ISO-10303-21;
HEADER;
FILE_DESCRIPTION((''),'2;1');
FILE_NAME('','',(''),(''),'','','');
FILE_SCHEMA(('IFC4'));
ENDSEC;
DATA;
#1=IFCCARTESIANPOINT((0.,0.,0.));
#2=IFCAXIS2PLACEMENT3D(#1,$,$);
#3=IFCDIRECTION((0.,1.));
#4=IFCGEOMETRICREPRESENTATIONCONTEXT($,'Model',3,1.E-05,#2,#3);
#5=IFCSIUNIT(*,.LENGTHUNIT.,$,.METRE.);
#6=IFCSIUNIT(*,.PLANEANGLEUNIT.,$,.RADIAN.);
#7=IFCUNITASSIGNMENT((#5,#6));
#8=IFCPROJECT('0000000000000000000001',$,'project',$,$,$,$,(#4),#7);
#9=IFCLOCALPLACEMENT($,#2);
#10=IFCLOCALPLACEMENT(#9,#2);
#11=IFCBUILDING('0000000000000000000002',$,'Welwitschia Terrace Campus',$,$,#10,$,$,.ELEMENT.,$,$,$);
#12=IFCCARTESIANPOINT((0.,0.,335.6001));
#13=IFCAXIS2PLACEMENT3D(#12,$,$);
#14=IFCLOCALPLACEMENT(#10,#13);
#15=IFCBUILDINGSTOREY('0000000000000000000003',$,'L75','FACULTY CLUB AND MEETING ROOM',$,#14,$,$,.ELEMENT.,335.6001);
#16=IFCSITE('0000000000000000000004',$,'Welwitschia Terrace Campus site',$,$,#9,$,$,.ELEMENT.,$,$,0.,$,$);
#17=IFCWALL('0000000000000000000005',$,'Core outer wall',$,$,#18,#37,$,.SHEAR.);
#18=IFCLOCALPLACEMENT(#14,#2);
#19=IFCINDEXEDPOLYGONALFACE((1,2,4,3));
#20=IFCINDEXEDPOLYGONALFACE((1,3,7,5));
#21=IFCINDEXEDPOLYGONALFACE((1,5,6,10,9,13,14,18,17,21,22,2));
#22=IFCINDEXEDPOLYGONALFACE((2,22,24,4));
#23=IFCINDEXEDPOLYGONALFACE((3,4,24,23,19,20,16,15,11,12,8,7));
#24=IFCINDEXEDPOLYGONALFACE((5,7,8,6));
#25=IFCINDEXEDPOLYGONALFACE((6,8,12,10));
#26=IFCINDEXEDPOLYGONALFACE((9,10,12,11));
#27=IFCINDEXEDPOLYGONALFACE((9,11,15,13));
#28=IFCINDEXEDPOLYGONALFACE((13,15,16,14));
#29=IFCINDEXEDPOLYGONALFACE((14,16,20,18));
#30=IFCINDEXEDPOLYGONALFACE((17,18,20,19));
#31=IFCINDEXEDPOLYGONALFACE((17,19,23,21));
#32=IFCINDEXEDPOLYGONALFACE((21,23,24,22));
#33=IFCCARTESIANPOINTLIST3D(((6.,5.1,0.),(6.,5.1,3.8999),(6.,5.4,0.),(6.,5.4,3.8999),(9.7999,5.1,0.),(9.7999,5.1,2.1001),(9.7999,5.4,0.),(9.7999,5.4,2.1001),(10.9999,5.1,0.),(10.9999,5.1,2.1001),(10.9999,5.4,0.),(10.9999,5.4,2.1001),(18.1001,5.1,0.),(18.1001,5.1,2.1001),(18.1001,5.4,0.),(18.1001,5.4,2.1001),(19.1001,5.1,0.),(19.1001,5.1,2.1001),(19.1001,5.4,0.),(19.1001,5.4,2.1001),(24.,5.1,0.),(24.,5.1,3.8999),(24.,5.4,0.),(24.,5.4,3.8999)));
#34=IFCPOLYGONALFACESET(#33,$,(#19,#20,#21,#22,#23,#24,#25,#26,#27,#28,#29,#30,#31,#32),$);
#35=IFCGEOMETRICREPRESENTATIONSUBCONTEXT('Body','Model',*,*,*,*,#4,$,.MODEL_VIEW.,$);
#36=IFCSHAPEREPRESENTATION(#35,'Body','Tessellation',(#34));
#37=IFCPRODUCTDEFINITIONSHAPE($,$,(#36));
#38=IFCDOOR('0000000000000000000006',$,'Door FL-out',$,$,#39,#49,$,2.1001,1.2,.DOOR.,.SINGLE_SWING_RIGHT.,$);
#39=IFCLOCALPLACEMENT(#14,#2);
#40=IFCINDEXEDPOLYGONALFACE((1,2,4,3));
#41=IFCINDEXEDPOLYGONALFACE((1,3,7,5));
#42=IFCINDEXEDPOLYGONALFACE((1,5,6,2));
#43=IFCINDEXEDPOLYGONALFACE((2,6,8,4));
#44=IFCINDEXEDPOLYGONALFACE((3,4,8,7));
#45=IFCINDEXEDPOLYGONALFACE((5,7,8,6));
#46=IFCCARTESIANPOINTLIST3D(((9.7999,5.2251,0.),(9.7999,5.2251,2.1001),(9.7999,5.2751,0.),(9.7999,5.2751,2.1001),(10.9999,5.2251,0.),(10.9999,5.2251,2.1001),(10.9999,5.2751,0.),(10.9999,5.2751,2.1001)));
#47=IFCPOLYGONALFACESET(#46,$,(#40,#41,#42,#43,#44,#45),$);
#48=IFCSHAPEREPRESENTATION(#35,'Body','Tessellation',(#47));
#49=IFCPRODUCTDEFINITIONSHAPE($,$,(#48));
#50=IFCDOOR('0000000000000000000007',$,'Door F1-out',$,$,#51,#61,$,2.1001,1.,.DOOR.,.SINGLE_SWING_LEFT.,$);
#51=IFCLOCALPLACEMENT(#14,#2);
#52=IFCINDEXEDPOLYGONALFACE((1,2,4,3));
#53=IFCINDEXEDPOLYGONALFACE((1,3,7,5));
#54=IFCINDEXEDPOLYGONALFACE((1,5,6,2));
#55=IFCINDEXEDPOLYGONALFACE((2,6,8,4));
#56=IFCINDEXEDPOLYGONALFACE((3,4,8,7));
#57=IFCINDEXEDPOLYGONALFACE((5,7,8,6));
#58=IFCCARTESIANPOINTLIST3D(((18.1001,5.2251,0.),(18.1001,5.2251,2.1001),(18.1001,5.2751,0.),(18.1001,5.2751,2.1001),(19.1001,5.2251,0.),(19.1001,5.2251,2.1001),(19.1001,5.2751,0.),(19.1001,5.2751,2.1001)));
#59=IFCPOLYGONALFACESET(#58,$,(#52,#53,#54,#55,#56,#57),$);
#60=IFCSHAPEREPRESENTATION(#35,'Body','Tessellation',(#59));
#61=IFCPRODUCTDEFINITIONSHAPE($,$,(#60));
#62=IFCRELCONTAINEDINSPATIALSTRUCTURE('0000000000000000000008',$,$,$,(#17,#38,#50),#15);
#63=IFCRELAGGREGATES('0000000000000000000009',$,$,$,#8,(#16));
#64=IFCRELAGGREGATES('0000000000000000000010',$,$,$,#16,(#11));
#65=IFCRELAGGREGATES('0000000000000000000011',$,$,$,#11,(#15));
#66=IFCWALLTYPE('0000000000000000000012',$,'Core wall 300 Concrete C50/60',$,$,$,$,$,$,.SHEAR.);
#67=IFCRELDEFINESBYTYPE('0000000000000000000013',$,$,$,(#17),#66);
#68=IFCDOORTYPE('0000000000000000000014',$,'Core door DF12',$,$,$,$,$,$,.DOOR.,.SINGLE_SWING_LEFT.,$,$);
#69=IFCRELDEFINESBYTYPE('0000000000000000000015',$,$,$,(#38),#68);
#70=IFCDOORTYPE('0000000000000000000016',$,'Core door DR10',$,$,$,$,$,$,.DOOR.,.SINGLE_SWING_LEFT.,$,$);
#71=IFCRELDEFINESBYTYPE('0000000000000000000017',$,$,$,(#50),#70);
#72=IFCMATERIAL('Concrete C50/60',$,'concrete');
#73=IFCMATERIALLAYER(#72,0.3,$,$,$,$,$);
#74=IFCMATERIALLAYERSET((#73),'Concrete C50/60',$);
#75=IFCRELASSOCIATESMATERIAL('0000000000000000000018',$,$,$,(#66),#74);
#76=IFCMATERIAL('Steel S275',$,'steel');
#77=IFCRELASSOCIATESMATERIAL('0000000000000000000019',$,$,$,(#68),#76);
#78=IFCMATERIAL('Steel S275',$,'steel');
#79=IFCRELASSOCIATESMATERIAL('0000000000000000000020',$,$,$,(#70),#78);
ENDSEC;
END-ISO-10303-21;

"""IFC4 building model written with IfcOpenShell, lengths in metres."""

from ifc_helpers import new_model, si_unit, direction, frame, frame_2d, origin, place, context, subcontext, project, spatial, rectangle, extrude, material, layer, layer_set, type_object, element, fill, save


model = new_model("IFC4")

# Units and contexts
model_context = context("Model", 3, precision=1e-05, world=origin(), true_north=direction((0.0, 1.0)))
body_context = subcontext(model_context, "Body", "Model", "MODEL_VIEW")
ifc_project = project(units=[si_unit("LENGTHUNIT", "METRE"), si_unit("PLANEANGLEUNIT", "RADIAN")], contexts=[model_context])

# Site, building, storey
site_placement = place(None, origin())
site = spatial("IfcSite", under=ifc_project, at=site_placement, Name="Welwitschia Terrace Campus site", CompositionType="ELEMENT", RefElevation=0.0)
building_placement = place(site_placement, origin())
building = spatial("IfcBuilding", under=site, at=building_placement, Name="Welwitschia Terrace Campus", CompositionType="ELEMENT")
storey_placement = place(building_placement, frame((0.0, 0.0, 335.6001)))
storey = spatial("IfcBuildingStorey", under=building, at=storey_placement, Name="L75", Description="FACULTY CLUB AND MEETING ROOM", CompositionType="ELEMENT", Elevation=335.6001)

# Wall, openings, doors
ifc_material_1 = material(Name="Concrete C50/60", Category="concrete")
ifc_layer_1 = layer(ifc_material_1, 0.3)
ifc_layer_set_1 = layer_set([ifc_layer_1], Name="Concrete C50/60")
wall_type_1 = type_object("IfcWallType", Name="Core wall 300 Concrete C50/60", PredefinedType="SHEAR", material=ifc_layer_set_1)
wall_1_placement = place(storey_placement, frame((24.0, 5.25, 0.0), z_axis=(0.0, 0.0, 1.0), x_axis=(-1.0, 0.0, 0.0)))
wall_1 = element("IfcWall", 1, at=wall_1_placement, inside=storey, type_object=wall_type_1, Name="Core outer wall", PredefinedType="SHEAR", context=body_context, shape_type="SweptSolid", body=[
    extrude(rectangle(XDim=18.0, YDim=0.3, at=frame_2d((9.0, 0.0))), origin(), (0.0, 0.0, 1.0), 3.8999),
])
opening_1_placement = place(wall_1_placement, frame((13.0, 0.0, 0.0)))
opening_1 = element("IfcOpeningElement", 2, at=opening_1_placement, cuts=wall_1, PredefinedType="OPENING", context=body_context, shape_type="SweptSolid", body=[
    extrude(rectangle(XDim=1.2, YDim=2.1001, at=frame_2d((0.6001, 1.05))), frame((0.0, 0.1599, 0.0), z_axis=(0.0, -1.0, 0.0), x_axis=(1.0, 0.0, 0.0)), (0.0, 0.0, 1.0), 0.3201),
])
opening_2_placement = place(wall_1_placement, frame((4.8999, 0.0, 0.0)))
opening_2 = element("IfcOpeningElement", 3, at=opening_2_placement, cuts=wall_1, PredefinedType="OPENING", context=body_context, shape_type="SweptSolid", body=[
    extrude(rectangle(XDim=1.0, YDim=2.1001, at=frame_2d((0.5, 1.05))), frame((0.0, 0.1599, 0.0), z_axis=(0.0, -1.0, 0.0), x_axis=(1.0, 0.0, 0.0)), (0.0, 0.0, 1.0), 0.3201),
])
ifc_material_2 = material(Name="Steel S275", Category="steel")
door_type_1 = type_object("IfcDoorType", Name="Core door DF12", OperationType="SINGLE_SWING_LEFT", PredefinedType="DOOR", material=ifc_material_2)
door_1_placement = place(opening_1_placement, origin())
door_1 = element("IfcDoor", 4, at=door_1_placement, inside=storey, type_object=door_type_1, Name="Door FL-out", OperationType="SINGLE_SWING_RIGHT", OverallHeight=2.1001, OverallWidth=1.2, PredefinedType="DOOR", context=body_context, shape_type="SweptSolid", body=[
    extrude(rectangle(XDim=1.2, YDim=2.1001, at=frame_2d((0.6001, 1.05))), frame((0.0, 0.0249, 0.0), z_axis=(0.0, -1.0, 0.0), x_axis=(1.0, 0.0, 0.0)), (0.0, 0.0, 1.0), 0.05),
])
fill(opening_1, door_1)
ifc_material_3 = material(Name="Steel S275", Category="steel")
door_type_2 = type_object("IfcDoorType", Name="Core door DR10", OperationType="SINGLE_SWING_LEFT", PredefinedType="DOOR", material=ifc_material_3)
door_2_placement = place(opening_2_placement, origin())
door_2 = element("IfcDoor", 5, at=door_2_placement, inside=storey, type_object=door_type_2, Name="Door F1-out", OperationType="SINGLE_SWING_LEFT", OverallHeight=2.1001, OverallWidth=1.0, PredefinedType="DOOR", context=body_context, shape_type="SweptSolid", body=[
    extrude(rectangle(XDim=1.0, YDim=2.1001, at=frame_2d((0.5, 1.05))), frame((0.0, 0.0249, 0.0), z_axis=(0.0, -1.0, 0.0), x_axis=(1.0, 0.0, 0.0)), (0.0, 0.0, 1.0), 0.05),
])
fill(opening_2, door_2)

save(model, "model.ifc")
